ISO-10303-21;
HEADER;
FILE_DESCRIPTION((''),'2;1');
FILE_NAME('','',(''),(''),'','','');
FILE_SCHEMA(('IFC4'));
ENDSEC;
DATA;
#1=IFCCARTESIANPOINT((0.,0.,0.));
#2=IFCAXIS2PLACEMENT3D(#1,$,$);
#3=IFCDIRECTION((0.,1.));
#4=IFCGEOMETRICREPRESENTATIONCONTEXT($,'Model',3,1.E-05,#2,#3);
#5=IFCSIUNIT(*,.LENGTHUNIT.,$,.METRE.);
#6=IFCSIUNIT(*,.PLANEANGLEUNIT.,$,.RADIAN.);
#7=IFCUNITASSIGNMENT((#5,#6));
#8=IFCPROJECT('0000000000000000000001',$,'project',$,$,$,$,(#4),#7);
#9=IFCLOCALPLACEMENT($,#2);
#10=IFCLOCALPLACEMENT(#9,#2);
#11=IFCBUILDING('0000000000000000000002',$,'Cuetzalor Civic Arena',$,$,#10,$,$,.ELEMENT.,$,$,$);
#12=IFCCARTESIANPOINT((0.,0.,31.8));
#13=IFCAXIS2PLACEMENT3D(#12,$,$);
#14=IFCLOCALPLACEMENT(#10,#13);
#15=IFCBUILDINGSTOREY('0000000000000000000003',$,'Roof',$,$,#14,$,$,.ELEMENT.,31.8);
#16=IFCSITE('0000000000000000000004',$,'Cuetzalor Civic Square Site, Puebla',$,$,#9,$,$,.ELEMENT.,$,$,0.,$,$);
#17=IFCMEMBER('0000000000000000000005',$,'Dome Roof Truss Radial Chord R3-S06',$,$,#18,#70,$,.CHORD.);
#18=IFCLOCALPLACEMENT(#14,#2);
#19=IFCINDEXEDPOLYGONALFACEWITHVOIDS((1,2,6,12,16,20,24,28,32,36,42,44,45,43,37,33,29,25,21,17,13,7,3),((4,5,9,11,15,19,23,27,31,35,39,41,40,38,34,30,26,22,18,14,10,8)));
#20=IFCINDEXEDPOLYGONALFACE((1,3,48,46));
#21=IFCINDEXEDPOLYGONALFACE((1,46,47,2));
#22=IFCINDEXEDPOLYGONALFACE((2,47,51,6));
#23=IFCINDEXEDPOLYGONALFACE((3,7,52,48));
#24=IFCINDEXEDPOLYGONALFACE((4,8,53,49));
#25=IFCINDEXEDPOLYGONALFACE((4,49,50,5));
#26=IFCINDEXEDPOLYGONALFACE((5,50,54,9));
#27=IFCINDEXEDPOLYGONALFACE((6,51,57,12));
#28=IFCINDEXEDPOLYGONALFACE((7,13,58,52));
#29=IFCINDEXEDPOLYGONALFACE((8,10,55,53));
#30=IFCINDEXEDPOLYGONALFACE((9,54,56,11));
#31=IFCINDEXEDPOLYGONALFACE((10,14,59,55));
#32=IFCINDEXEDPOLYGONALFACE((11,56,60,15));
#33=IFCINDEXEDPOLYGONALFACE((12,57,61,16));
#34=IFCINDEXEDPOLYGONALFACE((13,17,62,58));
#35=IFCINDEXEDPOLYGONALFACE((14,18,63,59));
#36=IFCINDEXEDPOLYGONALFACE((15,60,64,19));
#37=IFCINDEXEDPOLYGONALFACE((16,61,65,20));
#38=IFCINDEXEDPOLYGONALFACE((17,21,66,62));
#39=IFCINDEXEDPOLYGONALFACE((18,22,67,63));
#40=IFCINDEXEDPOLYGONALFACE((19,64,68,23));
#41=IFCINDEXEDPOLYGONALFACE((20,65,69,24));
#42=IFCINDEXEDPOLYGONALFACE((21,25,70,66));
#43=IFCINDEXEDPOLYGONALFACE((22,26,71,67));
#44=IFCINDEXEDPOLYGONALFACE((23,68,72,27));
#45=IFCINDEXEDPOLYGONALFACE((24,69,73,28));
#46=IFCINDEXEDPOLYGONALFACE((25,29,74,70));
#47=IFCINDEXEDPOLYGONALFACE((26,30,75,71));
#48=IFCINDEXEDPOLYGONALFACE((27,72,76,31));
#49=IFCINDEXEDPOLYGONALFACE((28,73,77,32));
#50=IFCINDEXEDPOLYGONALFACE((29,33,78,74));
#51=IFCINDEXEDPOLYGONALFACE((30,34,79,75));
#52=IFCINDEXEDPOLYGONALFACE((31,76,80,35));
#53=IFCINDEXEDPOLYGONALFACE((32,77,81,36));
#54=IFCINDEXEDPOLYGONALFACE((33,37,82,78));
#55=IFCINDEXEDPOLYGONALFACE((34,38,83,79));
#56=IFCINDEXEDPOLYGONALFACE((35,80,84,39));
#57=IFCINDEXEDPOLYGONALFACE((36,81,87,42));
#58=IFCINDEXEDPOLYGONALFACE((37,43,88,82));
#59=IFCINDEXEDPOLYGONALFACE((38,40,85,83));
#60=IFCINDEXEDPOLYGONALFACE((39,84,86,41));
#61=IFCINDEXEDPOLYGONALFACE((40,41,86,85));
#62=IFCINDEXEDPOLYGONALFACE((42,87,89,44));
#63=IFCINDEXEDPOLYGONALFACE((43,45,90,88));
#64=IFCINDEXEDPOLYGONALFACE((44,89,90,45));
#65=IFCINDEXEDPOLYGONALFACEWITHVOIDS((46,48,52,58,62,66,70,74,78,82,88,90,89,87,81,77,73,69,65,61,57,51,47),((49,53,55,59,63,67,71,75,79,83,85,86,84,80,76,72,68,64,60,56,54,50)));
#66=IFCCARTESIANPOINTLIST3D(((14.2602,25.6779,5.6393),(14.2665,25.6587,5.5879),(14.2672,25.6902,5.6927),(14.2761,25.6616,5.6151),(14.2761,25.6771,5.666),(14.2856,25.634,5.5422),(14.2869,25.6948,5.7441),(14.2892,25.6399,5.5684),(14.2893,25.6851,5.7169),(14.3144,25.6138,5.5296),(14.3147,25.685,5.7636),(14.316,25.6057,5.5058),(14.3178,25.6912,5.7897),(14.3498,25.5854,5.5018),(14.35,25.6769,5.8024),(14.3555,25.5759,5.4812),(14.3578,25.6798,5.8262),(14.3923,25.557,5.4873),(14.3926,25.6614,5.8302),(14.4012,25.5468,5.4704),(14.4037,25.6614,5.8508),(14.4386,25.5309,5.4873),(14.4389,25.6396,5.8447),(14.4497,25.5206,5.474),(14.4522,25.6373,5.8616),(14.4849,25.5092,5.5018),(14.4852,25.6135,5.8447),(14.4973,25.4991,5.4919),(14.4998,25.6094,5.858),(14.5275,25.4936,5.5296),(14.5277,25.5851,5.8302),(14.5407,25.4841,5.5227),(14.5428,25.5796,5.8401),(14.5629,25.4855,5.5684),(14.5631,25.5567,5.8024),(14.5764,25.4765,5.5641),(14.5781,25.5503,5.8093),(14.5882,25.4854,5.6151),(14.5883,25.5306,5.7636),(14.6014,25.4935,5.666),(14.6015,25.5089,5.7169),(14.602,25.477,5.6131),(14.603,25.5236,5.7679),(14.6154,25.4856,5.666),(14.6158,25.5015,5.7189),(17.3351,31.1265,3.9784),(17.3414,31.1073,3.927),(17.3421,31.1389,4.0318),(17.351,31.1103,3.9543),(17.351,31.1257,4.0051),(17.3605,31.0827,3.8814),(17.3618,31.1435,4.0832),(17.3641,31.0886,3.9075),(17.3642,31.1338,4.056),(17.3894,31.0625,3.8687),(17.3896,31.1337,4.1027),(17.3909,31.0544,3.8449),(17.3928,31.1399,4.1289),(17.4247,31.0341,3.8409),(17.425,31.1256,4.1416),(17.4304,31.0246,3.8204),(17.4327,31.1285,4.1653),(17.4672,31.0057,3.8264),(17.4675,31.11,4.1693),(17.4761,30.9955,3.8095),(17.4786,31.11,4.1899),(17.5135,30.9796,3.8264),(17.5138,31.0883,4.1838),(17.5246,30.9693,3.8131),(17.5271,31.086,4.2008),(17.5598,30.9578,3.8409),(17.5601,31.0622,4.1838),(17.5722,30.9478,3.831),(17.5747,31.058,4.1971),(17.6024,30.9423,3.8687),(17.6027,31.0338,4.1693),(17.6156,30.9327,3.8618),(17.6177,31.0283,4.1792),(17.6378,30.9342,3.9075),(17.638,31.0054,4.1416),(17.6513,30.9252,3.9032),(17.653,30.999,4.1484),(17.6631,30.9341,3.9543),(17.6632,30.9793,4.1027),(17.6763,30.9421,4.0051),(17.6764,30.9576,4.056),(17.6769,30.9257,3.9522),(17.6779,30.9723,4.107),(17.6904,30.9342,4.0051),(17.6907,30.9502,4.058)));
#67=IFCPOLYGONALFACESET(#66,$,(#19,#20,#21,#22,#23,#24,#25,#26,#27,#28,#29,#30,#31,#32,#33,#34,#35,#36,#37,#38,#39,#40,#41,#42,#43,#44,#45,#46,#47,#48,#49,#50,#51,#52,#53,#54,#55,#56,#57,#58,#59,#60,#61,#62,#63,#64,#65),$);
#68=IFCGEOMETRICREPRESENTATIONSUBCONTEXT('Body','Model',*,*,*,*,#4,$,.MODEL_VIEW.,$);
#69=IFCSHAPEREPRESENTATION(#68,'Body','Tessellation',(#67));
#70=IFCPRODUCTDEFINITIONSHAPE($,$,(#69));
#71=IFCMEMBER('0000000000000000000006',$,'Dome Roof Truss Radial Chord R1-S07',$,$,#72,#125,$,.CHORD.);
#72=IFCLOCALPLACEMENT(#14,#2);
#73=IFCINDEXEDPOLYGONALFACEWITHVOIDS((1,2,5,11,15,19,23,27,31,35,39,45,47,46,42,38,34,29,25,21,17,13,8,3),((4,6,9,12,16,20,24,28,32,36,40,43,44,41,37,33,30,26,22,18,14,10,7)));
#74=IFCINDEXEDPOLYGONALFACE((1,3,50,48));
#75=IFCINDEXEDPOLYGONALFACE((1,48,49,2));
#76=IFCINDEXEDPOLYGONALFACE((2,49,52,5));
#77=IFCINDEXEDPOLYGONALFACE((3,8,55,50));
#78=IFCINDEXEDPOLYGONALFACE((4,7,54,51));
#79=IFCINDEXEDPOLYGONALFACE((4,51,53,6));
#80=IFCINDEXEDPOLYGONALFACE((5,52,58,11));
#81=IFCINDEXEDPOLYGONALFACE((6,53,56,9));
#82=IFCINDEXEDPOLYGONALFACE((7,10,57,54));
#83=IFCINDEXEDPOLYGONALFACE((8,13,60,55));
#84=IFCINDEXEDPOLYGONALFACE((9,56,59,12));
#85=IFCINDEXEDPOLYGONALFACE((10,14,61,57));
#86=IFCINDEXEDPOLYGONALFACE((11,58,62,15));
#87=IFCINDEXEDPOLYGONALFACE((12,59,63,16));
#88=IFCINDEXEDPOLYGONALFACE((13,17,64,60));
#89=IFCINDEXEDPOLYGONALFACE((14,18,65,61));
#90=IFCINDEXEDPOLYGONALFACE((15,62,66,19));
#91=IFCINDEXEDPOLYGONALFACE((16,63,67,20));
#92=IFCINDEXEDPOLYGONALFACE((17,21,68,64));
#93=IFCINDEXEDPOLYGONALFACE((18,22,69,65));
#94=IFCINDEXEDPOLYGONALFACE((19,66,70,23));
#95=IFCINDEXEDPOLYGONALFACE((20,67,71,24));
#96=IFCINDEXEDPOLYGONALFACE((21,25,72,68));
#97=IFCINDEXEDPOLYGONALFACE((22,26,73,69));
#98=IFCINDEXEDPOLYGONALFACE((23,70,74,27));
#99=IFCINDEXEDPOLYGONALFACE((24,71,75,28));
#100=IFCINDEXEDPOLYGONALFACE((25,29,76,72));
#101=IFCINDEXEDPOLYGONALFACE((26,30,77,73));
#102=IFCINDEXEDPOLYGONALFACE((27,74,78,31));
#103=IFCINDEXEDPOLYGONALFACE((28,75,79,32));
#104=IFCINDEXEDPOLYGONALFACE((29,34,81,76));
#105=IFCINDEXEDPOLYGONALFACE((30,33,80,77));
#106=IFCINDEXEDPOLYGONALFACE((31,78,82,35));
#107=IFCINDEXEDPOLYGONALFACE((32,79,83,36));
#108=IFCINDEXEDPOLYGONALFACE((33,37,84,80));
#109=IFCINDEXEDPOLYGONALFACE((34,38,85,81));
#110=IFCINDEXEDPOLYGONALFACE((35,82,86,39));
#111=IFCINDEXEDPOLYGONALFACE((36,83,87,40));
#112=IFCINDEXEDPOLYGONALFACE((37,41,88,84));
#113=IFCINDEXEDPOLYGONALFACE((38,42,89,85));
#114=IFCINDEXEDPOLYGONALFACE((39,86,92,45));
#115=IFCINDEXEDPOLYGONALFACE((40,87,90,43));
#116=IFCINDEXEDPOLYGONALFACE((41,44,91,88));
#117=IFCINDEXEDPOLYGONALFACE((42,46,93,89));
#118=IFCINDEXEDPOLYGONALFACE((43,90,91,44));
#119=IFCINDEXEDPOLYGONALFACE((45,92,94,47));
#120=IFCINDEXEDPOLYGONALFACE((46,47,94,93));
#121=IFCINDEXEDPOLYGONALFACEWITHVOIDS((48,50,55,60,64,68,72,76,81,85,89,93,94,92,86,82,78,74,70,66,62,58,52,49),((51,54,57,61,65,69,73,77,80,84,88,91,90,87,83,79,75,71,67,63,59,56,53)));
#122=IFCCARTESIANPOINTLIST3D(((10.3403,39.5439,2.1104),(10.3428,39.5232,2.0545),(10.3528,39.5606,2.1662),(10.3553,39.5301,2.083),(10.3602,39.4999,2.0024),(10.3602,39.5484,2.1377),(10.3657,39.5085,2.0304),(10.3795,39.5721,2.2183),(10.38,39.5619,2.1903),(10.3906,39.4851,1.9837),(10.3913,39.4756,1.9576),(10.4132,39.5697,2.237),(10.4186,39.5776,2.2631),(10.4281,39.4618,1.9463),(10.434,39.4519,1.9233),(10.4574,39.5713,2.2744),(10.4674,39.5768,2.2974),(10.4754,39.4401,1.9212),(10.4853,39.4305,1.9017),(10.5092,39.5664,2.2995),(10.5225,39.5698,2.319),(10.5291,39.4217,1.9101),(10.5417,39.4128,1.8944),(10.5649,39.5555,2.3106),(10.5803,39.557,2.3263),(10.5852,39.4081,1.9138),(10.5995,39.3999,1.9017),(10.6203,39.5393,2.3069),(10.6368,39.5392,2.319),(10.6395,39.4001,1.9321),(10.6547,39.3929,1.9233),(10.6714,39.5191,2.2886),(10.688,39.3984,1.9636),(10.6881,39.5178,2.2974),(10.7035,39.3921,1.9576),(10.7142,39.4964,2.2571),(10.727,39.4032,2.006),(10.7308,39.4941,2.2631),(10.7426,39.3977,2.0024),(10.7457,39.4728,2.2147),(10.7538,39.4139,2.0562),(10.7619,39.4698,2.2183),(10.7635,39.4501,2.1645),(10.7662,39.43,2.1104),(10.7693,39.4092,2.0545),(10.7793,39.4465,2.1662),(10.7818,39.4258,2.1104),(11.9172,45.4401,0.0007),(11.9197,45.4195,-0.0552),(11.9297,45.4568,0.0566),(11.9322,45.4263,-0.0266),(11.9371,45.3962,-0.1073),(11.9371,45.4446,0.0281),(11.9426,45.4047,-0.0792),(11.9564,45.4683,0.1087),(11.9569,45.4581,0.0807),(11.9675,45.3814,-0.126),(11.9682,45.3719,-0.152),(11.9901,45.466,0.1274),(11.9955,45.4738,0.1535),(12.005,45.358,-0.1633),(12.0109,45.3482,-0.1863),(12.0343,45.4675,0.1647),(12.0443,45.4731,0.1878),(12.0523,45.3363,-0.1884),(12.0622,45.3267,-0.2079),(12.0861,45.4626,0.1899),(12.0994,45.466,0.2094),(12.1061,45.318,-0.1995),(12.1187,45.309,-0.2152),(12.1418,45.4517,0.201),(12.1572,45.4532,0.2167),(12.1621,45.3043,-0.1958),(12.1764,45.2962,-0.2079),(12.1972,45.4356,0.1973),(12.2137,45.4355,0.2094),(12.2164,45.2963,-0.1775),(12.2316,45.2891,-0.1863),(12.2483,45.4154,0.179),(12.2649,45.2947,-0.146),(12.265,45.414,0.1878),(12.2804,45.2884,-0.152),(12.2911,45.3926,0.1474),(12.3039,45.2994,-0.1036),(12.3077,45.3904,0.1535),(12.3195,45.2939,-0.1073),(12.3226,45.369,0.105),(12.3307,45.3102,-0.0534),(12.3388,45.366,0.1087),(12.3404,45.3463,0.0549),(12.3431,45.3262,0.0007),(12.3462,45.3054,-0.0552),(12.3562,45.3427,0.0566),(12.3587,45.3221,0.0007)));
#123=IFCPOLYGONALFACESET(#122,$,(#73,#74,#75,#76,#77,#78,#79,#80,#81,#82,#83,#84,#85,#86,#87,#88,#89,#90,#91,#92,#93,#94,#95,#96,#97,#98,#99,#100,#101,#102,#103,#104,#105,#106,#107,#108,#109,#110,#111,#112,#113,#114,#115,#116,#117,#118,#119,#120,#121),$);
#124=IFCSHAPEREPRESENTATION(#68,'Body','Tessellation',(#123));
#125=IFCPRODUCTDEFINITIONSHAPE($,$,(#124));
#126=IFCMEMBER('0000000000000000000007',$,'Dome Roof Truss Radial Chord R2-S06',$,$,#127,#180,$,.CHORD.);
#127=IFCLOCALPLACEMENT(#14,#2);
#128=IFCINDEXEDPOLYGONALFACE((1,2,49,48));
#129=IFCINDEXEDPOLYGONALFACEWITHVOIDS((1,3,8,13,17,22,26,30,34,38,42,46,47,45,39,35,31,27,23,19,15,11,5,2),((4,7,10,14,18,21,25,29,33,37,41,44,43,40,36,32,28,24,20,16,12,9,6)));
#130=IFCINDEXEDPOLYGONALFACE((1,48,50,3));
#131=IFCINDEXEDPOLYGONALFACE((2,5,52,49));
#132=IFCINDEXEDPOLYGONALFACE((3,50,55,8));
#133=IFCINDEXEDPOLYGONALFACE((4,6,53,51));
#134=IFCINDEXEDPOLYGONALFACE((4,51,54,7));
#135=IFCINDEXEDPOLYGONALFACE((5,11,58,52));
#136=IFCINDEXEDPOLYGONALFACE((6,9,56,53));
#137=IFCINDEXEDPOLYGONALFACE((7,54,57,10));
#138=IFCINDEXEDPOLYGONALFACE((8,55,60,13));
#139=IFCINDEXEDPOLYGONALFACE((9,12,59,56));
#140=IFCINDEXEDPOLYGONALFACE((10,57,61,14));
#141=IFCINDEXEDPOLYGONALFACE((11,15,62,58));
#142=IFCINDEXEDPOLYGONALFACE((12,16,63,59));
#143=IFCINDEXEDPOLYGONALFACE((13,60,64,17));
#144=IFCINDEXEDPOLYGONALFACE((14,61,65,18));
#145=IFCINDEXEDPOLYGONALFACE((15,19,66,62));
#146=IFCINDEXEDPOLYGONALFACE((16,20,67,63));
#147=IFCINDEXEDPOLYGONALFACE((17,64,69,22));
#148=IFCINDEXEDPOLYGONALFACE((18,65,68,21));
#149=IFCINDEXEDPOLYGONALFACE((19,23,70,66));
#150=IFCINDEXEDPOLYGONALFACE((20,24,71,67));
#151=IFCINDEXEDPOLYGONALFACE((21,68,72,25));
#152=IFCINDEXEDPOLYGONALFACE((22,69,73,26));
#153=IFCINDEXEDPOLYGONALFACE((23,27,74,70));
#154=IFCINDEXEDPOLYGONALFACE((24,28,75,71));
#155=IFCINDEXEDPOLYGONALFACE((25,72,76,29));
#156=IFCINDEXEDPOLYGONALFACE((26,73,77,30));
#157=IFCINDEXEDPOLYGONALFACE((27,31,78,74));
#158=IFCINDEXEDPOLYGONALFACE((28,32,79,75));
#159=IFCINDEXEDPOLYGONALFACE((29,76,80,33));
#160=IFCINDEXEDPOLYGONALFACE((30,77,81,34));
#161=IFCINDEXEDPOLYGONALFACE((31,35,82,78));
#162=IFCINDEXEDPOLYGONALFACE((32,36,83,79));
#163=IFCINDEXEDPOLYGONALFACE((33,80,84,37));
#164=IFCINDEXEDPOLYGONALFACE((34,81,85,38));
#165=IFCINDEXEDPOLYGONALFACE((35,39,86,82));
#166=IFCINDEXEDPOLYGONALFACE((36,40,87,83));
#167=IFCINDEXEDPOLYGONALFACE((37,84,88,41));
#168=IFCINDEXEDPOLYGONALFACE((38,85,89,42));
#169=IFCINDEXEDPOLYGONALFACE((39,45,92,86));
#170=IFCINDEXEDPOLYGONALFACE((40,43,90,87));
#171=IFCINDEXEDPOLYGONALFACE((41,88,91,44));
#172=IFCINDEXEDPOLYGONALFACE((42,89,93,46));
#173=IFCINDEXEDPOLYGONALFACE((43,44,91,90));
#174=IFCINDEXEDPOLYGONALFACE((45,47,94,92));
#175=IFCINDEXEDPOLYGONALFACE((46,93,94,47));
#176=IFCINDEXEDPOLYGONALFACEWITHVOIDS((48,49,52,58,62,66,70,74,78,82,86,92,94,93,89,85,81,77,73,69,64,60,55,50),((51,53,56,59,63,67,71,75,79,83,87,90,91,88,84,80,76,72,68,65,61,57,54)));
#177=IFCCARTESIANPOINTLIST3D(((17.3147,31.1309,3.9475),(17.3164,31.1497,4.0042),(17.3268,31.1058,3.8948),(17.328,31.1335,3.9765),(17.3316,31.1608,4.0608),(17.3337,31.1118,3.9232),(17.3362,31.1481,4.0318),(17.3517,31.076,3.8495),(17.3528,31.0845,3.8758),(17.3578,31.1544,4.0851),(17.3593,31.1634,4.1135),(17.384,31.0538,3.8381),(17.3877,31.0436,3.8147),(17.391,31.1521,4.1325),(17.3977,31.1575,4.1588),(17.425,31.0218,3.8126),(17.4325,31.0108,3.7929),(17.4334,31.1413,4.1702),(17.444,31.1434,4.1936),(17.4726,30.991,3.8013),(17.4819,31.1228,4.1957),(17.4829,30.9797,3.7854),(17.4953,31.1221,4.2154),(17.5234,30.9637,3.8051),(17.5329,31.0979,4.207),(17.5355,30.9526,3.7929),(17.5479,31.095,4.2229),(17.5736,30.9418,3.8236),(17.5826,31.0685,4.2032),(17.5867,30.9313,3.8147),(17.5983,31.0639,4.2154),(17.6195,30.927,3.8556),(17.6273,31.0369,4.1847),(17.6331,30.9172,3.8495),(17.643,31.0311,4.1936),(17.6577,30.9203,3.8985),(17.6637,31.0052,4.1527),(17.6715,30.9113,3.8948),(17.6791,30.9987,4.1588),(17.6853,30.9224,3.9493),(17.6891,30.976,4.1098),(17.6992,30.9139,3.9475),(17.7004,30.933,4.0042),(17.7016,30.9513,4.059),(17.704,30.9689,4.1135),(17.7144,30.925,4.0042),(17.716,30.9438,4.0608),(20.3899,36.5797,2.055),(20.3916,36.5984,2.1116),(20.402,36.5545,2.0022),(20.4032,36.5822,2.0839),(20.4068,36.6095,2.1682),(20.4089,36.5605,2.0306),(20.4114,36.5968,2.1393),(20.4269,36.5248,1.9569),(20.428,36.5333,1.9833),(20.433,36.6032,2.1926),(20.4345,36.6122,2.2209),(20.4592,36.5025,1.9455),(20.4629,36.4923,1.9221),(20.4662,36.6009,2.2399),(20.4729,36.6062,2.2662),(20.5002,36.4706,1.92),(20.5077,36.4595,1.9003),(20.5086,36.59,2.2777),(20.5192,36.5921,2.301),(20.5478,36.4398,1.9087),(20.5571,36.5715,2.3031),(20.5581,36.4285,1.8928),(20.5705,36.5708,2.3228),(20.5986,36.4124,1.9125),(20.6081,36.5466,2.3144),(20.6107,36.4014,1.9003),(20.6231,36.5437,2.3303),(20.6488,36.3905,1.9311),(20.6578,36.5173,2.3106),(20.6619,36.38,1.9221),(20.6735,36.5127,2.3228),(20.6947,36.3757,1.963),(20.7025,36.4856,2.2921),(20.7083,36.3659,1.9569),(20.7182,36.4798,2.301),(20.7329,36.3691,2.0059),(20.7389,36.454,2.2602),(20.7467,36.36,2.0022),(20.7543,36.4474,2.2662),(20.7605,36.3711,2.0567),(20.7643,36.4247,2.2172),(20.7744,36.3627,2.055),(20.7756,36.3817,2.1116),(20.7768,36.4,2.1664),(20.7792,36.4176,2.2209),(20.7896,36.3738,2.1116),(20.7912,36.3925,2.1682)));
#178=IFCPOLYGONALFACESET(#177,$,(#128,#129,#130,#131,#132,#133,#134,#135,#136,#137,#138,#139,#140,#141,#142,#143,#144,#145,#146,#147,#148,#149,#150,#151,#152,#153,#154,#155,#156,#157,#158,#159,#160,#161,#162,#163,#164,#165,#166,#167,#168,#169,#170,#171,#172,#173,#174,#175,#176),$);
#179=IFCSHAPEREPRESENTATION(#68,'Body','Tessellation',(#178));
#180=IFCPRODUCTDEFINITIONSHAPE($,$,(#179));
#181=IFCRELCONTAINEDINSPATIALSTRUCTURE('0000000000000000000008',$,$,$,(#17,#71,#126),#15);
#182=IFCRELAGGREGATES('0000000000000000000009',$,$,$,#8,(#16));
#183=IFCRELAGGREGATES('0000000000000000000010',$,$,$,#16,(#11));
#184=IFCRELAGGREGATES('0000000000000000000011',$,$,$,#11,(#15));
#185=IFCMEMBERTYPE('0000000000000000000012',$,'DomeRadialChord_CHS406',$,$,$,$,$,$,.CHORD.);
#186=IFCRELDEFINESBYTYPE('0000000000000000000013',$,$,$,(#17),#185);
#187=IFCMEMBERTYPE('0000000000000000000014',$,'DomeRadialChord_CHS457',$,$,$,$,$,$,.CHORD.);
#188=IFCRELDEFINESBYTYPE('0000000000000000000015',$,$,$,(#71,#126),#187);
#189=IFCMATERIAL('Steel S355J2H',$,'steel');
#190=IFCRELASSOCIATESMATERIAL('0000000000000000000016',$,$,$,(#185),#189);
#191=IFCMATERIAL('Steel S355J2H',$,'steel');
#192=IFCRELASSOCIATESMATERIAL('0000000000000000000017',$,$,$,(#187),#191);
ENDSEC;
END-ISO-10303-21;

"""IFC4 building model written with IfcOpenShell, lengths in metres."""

from ifc_helpers import new_model, si_unit, direction, frame, origin, origin_2d, place, context, subcontext, project, spatial, hollow_circle, extrude, material, material_profile, profile_set, type_object, element, save


model = new_model("IFC4")

# Units and contexts
model_context = context("Model", 3, precision=1e-05, world=origin(), true_north=direction((0.0, 1.0)))
body_context = subcontext(model_context, "Body", "Model", "MODEL_VIEW")
ifc_project = project(units=[si_unit("LENGTHUNIT", "METRE"), si_unit("PLANEANGLEUNIT", "RADIAN")], contexts=[model_context])

# Site, building, storey
site_placement = place(None, origin())
site = spatial("IfcSite", under=ifc_project, at=site_placement, Name="Cuetzalor Civic Square Site, Puebla", CompositionType="ELEMENT", RefElevation=0.0)
building_placement = place(site_placement, origin())
building = spatial("IfcBuilding", under=site, at=building_placement, Name="Cuetzalor Civic Arena", CompositionType="ELEMENT")
storey_placement = place(building_placement, frame((0.0, 0.0, 31.8)))
storey = spatial("IfcBuildingStorey", under=building, at=storey_placement, Name="Roof", CompositionType="ELEMENT", Elevation=31.8)

# Members
ifc_material_1 = material(Name="Steel S355J2H", Category="steel")
ifc_material_profile_1 = material_profile(ifc_material_1, hollow_circle(Radius=0.2029, WallThickness=0.0161, at=origin_2d()), Name="CHS 406x16")
ifc_profile_set_1 = profile_set([ifc_material_profile_1], Name="Steel S355J2H")
member_type_1 = type_object("IfcMemberType", Name="DomeRadialChord_CHS406", PredefinedType="CHORD", material=ifc_profile_set_1)
member_1_placement = place(storey_placement, frame((17.5137, 31.0339, 4.0051), z_axis=(-0.475027, -0.841735, 0.256579), x_axis=(0.870889, -0.49148, 0.0)))
element("IfcMember", 1, at=member_1_placement, inside=storey, type_object=member_type_1, Name="Dome Roof Truss Radial Chord R3-S06", PredefinedType="CHORD", context=body_context, shape_type="SweptSolid", body=[
    extrude(hollow_circle(Radius=0.2029, WallThickness=0.0161, at=origin_2d()), origin(), (0.0, 0.0, 1.0), 6.4731),
])
ifc_material_2 = material(Name="Steel S355J2H", Category="steel")
ifc_material_profile_2 = material_profile(ifc_material_2, hollow_circle(Radius=0.2285, WallThickness=0.0161, at=origin_2d()), Name="CHS 457x16")
ifc_profile_set_2 = profile_set([ifc_material_profile_2], Name="Steel S355J2H")
member_type_2 = type_object("IfcMemberType", Name="DomeRadialChord_CHS457", PredefinedType="CHORD", material=ifc_profile_set_2)
member_2_placement = place(storey_placement, frame((12.1379, 45.3811, 0.0007), z_axis=(-0.244187, -0.913046, 0.326679), x_axis=(0.966048, -0.258362, 0.0)))
element("IfcMember", 2, at=member_2_placement, inside=storey, type_object=member_type_2, Name="Dome Roof Truss Radial Chord R1-S07", PredefinedType="CHORD", context=body_context, shape_type="SweptSolid", body=[
    extrude(hollow_circle(Radius=0.2285, WallThickness=0.0161, at=origin_2d()), origin(), (0.0, 0.0, 1.0), 6.4578),
])
member_3_placement = place(storey_placement, frame((20.5906, 36.4861, 2.1116), z_axis=(-0.470457, -0.833571, 0.289535), x_axis=(0.870872, -0.491509, 0.0)))
element("IfcMember", 3, at=member_3_placement, inside=storey, type_object=member_type_2, Name="Dome Roof Truss Radial Chord R2-S06", PredefinedType="CHORD", context=body_context, shape_type="SweptSolid", body=[
    extrude(hollow_circle(Radius=0.2285, WallThickness=0.0161, at=origin_2d()), origin(), (0.0, 0.0, 1.0), 6.5366),
])

save(model, "model.ifc")
